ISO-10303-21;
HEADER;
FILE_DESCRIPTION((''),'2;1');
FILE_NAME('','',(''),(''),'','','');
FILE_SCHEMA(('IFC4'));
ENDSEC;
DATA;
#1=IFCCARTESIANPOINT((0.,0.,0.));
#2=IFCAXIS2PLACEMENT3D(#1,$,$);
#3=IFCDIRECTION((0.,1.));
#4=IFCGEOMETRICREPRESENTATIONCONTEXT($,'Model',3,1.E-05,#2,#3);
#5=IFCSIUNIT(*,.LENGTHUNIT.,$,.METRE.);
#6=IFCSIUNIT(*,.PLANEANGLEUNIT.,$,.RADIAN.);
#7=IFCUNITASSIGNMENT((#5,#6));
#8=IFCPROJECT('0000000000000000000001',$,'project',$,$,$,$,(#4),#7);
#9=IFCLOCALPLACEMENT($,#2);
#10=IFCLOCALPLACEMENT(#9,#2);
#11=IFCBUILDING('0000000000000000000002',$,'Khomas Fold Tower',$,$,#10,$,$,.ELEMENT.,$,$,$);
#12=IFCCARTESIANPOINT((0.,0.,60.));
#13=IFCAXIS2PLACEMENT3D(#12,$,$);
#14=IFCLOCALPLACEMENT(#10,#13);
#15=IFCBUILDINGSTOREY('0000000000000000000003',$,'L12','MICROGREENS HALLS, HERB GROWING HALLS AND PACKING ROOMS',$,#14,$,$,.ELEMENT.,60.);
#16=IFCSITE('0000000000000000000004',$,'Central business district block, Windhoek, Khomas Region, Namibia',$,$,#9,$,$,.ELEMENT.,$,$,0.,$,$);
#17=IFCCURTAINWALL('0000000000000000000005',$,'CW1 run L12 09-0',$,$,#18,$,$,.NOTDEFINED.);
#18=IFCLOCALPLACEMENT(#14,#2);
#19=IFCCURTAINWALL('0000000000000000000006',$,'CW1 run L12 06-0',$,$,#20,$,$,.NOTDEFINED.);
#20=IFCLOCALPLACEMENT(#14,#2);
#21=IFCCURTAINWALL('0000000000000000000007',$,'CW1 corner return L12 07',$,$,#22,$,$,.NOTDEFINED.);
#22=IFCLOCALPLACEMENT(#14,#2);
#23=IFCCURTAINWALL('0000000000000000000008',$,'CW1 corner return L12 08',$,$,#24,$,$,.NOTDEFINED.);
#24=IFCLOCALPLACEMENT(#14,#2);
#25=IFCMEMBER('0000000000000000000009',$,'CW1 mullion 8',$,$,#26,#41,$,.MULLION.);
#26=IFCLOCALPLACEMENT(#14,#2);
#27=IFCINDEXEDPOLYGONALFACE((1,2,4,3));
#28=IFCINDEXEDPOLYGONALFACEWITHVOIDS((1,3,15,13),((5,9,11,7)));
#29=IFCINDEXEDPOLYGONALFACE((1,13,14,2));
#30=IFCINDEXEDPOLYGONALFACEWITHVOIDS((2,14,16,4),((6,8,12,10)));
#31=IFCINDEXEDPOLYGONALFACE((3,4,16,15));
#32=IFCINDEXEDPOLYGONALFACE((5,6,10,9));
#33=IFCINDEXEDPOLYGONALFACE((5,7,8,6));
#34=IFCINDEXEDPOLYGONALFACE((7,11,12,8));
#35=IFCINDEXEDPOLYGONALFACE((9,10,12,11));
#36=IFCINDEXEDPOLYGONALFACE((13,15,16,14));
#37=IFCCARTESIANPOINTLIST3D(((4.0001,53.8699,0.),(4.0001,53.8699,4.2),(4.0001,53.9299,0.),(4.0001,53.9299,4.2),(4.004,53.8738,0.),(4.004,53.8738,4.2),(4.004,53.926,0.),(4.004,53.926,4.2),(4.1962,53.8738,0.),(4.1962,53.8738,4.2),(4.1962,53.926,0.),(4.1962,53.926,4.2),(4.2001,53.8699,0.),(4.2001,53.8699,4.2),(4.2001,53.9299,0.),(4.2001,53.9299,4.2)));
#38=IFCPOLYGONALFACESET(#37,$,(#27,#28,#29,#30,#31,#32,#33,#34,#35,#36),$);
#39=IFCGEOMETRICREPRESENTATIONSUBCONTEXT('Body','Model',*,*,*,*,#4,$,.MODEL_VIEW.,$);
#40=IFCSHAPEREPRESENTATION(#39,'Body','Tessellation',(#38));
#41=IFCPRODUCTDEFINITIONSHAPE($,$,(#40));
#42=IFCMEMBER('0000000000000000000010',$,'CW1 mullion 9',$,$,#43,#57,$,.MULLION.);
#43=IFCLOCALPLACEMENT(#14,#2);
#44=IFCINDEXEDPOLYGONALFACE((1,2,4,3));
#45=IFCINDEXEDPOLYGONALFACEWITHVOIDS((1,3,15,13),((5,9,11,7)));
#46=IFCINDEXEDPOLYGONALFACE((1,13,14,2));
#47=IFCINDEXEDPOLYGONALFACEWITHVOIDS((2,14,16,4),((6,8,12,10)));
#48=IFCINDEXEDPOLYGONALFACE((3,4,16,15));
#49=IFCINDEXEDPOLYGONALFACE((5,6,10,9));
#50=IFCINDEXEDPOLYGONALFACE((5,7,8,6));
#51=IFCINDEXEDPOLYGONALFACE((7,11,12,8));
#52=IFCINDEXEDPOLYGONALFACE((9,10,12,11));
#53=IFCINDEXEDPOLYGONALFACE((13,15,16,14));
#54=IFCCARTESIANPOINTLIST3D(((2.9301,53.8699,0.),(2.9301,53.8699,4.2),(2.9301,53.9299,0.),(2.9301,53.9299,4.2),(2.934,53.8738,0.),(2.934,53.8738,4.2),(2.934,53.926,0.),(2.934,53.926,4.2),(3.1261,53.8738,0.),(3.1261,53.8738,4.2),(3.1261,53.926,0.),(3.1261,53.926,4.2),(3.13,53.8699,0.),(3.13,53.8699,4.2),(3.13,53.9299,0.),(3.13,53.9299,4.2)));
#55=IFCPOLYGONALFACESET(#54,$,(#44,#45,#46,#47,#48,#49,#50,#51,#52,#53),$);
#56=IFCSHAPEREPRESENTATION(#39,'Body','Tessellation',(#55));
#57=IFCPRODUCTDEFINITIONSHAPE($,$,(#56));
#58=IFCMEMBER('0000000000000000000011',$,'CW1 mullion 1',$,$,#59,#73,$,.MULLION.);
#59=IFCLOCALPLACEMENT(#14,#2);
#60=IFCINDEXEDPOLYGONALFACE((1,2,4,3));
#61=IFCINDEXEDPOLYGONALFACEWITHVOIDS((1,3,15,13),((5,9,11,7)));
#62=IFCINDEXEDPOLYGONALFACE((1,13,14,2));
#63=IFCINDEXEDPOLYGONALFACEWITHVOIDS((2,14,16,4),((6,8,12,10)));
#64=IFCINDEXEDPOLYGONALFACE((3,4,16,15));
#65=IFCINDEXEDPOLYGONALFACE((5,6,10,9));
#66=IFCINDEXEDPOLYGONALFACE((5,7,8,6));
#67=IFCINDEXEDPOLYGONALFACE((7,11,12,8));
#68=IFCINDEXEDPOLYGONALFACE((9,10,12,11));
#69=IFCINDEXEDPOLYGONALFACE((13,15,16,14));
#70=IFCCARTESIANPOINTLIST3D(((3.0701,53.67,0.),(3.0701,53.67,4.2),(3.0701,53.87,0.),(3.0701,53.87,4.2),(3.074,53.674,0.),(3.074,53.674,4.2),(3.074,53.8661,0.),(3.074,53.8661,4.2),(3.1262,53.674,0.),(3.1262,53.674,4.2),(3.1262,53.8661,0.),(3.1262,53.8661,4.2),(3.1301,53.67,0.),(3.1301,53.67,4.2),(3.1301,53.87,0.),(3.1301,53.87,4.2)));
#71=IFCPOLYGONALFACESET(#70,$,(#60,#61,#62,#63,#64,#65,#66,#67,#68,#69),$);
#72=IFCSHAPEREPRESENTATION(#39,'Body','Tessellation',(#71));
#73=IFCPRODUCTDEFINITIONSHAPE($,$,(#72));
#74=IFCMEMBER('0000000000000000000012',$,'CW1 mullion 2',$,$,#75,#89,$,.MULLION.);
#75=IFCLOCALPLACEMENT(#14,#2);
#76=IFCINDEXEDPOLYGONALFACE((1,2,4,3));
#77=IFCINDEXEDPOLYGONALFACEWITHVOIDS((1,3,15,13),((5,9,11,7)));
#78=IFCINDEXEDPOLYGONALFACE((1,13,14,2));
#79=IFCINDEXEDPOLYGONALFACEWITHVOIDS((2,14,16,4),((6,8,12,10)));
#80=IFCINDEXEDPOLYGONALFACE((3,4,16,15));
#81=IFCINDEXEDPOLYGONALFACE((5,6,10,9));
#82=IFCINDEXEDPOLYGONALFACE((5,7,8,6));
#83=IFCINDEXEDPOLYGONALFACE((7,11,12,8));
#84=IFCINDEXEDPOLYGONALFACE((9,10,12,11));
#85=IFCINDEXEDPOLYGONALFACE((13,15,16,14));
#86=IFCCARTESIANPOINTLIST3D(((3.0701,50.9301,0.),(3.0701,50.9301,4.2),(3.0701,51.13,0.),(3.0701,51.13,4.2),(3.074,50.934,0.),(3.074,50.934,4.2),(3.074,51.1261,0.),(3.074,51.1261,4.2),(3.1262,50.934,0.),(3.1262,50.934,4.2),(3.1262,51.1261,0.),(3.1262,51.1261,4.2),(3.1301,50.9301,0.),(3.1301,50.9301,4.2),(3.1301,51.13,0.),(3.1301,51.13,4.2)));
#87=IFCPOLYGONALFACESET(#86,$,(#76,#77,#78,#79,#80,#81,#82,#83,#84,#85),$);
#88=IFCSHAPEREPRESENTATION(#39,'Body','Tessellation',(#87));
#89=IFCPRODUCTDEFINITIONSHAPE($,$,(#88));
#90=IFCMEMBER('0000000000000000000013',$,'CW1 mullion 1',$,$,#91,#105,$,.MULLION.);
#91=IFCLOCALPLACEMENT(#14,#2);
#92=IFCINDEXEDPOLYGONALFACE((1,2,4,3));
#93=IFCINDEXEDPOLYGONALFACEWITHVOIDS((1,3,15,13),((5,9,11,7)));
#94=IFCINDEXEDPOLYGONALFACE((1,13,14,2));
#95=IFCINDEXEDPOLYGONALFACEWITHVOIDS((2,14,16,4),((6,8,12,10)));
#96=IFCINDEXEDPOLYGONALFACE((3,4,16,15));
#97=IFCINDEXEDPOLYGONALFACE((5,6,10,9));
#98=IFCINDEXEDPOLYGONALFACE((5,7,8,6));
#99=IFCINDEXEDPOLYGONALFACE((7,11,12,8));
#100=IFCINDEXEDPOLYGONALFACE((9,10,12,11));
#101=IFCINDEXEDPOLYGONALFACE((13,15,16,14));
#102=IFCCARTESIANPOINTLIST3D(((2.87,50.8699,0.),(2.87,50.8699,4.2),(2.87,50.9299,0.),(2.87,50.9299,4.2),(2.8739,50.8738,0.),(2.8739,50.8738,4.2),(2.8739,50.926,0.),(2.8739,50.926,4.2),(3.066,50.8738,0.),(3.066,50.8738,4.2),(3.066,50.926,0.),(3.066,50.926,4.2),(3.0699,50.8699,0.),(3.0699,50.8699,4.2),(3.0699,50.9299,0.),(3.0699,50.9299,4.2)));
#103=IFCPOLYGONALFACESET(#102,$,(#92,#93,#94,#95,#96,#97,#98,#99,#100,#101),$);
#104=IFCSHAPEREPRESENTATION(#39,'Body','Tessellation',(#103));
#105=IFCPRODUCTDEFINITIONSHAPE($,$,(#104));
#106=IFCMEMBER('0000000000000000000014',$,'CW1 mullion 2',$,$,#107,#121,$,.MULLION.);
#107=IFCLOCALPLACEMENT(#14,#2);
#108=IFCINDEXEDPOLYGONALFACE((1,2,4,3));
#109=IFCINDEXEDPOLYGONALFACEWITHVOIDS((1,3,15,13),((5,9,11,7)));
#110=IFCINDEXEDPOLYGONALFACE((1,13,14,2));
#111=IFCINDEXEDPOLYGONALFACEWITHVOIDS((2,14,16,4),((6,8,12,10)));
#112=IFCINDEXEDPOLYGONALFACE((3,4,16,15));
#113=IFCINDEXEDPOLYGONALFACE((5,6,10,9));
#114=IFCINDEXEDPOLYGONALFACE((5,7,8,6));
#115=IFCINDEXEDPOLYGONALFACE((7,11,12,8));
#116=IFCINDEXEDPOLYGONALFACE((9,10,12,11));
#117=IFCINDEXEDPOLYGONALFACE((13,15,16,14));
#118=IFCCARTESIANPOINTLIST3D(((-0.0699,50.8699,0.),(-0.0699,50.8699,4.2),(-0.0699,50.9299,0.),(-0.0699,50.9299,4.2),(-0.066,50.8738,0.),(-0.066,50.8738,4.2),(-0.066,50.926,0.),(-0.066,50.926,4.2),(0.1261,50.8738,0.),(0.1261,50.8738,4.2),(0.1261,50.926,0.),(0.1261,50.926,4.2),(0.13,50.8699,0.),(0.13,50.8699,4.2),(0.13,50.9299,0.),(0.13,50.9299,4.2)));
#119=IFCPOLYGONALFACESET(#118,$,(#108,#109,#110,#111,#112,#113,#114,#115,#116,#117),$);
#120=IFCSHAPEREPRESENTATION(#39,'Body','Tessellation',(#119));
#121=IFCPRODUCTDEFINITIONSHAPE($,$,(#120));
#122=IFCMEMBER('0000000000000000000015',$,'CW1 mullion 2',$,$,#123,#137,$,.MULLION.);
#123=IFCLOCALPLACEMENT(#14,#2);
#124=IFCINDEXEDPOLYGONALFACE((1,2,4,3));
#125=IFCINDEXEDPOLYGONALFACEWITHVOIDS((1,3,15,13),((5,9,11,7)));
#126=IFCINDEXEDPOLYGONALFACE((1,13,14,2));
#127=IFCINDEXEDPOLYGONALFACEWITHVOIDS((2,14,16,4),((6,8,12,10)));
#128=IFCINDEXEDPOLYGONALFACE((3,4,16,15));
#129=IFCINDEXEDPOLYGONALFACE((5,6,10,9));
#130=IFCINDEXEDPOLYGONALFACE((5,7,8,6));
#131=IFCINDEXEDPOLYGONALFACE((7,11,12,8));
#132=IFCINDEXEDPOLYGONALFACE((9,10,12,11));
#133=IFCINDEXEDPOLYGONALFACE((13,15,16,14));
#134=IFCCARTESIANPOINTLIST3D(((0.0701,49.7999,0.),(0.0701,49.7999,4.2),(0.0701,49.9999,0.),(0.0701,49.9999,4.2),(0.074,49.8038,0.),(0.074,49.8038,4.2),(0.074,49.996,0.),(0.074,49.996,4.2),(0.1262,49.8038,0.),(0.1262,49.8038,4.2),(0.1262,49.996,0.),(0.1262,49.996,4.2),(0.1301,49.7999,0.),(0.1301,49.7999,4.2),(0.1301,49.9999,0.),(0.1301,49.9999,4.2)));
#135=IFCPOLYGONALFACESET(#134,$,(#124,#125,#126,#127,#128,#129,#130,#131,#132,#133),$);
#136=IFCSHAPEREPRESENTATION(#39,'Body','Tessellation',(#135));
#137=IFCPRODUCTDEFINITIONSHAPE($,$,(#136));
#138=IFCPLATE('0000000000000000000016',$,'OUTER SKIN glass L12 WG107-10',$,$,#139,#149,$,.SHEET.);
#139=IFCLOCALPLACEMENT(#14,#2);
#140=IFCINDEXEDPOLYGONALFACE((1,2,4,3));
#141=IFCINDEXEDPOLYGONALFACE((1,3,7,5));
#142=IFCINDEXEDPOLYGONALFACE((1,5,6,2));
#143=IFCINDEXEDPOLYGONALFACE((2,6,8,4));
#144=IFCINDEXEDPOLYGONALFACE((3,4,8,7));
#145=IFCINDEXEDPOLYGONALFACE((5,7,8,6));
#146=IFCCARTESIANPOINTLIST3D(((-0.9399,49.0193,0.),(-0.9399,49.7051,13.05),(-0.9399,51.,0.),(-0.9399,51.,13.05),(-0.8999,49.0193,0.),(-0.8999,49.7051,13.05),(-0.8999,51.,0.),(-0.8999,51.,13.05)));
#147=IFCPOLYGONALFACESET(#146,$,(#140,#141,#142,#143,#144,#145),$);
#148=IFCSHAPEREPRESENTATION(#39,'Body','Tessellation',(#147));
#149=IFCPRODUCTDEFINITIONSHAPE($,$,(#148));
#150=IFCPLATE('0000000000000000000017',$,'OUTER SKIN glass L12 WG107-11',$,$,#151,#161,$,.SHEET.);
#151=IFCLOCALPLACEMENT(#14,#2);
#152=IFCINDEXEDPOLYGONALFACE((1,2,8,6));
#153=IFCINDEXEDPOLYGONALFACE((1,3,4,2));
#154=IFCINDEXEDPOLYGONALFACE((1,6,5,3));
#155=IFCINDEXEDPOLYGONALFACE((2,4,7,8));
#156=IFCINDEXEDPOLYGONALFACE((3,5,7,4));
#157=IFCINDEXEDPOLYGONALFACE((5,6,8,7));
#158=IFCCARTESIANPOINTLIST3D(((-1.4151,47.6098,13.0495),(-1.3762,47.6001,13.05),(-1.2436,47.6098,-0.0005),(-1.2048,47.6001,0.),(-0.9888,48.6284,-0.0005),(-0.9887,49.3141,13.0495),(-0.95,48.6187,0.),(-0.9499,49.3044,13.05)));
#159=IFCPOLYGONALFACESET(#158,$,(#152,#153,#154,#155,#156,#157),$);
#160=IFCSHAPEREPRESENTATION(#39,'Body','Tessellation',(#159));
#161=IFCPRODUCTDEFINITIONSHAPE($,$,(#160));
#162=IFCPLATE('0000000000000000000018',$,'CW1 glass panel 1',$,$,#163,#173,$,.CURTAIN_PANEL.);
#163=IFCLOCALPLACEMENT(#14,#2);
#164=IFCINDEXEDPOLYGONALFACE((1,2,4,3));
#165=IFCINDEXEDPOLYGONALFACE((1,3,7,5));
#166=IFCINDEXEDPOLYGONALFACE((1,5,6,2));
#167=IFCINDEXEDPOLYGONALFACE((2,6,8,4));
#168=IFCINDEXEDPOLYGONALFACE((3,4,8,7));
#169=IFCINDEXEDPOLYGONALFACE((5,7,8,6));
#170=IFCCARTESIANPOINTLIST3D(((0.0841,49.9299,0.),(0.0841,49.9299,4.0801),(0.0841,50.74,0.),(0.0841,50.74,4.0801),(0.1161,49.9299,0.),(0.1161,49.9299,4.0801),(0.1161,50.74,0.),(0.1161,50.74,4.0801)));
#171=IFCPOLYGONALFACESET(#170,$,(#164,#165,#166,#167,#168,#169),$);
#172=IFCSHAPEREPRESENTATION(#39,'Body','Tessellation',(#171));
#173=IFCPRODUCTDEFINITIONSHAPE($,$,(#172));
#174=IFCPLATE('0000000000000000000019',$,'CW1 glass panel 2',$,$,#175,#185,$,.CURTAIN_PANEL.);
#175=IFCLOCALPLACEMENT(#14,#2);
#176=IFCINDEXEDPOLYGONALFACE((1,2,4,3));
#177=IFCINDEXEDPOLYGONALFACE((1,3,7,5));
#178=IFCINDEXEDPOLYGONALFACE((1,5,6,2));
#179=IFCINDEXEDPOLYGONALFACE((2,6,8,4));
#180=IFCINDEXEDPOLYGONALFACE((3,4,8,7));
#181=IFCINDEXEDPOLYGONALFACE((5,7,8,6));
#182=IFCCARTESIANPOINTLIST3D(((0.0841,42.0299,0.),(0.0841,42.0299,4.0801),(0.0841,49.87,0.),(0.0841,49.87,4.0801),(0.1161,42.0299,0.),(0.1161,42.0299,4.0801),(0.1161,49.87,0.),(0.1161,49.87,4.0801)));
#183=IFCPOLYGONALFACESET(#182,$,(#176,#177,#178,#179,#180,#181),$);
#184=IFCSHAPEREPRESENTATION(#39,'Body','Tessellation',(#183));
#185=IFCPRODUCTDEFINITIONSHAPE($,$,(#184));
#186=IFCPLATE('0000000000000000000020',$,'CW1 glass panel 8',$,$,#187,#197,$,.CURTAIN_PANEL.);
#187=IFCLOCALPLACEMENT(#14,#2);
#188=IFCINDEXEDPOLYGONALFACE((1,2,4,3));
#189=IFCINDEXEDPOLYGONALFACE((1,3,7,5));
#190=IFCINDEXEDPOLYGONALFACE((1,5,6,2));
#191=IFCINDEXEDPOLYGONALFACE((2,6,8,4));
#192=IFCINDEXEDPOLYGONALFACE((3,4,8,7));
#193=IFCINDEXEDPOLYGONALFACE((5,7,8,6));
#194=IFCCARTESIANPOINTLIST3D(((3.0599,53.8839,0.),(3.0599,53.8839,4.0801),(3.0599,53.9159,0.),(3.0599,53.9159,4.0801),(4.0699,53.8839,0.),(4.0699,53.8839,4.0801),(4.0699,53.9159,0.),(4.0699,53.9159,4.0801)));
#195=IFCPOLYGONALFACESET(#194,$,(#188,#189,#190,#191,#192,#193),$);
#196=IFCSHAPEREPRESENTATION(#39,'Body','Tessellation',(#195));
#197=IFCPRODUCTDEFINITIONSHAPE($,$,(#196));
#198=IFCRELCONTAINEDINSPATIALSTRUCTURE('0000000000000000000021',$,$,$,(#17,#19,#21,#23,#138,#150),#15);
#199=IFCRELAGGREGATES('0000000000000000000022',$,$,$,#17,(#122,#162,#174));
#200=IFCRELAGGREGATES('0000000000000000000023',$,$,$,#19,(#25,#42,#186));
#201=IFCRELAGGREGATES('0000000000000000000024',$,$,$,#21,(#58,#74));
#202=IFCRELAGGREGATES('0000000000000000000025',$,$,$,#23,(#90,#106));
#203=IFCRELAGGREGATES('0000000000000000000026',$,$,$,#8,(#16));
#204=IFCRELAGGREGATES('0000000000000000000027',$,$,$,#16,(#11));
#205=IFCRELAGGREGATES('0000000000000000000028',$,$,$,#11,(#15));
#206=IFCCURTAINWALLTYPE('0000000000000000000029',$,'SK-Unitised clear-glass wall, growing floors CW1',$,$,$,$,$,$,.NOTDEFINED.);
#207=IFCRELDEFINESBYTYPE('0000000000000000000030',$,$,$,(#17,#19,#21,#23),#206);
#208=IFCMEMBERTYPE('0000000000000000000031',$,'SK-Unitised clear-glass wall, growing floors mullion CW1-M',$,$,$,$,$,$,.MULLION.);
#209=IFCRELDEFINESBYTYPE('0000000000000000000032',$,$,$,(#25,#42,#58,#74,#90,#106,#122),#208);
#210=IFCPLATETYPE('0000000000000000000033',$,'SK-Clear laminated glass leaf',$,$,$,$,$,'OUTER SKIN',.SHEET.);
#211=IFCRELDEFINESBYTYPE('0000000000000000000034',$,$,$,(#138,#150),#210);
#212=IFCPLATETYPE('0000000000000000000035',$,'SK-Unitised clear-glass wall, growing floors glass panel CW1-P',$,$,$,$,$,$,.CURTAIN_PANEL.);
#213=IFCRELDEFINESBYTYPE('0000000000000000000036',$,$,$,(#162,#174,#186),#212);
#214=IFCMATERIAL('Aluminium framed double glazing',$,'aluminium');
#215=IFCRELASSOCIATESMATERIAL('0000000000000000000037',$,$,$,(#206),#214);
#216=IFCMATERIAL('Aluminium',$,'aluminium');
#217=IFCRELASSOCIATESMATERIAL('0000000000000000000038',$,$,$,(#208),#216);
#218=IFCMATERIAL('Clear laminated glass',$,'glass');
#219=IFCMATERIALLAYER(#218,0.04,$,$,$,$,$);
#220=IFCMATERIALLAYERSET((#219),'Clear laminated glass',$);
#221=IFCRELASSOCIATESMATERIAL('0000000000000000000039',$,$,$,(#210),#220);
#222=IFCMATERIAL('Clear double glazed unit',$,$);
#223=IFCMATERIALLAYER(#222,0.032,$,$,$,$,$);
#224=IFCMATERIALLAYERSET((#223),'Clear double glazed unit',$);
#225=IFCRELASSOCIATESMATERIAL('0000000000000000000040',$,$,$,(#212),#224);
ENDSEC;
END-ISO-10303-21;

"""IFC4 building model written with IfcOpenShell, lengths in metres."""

from ifc_helpers import new_model, si_unit, direction, frame, origin, origin_2d, place, context, subcontext, project, spatial, polyline, rectangle, hollow_rectangle, outline, extrude, source, transform, mapped, material, layer, layer_set, material_profile, profile_set, type_object, element, aggregate, save


model = new_model("IFC4")

# Units and contexts
model_context = context("Model", 3, precision=1e-05, world=origin(), true_north=direction((0.0, 1.0)))
body_context = subcontext(model_context, "Body", "Model", "MODEL_VIEW")
ifc_project = project(units=[si_unit("LENGTHUNIT", "METRE"), si_unit("PLANEANGLEUNIT", "RADIAN")], contexts=[model_context])

# Site, building, storey
site_placement = place(None, origin())
site = spatial("IfcSite", under=ifc_project, at=site_placement, Name="Central business district block, Windhoek, Khomas Region, Namibia", CompositionType="ELEMENT", RefElevation=0.0)
building_placement = place(site_placement, origin())
building = spatial("IfcBuilding", under=site, at=building_placement, Name="Khomas Fold Tower", CompositionType="ELEMENT")
storey_placement = place(building_placement, frame((0.0, 0.0, 60.0)))
storey = spatial("IfcBuildingStorey", under=building, at=storey_placement, Name="L12", Description="MICROGREENS HALLS, HERB GROWING HALLS AND PACKING ROOMS", CompositionType="ELEMENT", Elevation=60.0)

# Curtain wall
ifc_material_1 = material(Name="Aluminium framed double glazing", Category="aluminium")
curtain_wall_type = type_object("IfcCurtainWallType", Name="SK-Unitised clear-glass wall, growing floors CW1", PredefinedType="NOTDEFINED", material=ifc_material_1)
curtain_wall_1_placement = place(storey_placement, origin())
curtain_wall_1 = element("IfcCurtainWall", 1, at=curtain_wall_1_placement, inside=storey, type_object=curtain_wall_type, Name="CW1 run L12 09-0", PredefinedType="NOTDEFINED")

# Curtain walls
curtain_wall_2_placement = place(storey_placement, origin())
curtain_wall_2 = element("IfcCurtainWall", 2, at=curtain_wall_2_placement, inside=storey, type_object=curtain_wall_type, Name="CW1 run L12 06-0", PredefinedType="NOTDEFINED")
curtain_wall_3_placement = place(storey_placement, origin())
curtain_wall_3 = element("IfcCurtainWall", 3, at=curtain_wall_3_placement, inside=storey, type_object=curtain_wall_type, Name="CW1 corner return L12 07", PredefinedType="NOTDEFINED")
curtain_wall_4_placement = place(storey_placement, origin())
curtain_wall_4 = element("IfcCurtainWall", 4, at=curtain_wall_4_placement, inside=storey, type_object=curtain_wall_type, Name="CW1 corner return L12 08", PredefinedType="NOTDEFINED")

# Members
ifc_material_2 = material(Name="Aluminium", Category="aluminium")
ifc_material_profile_1 = material_profile(ifc_material_2, hollow_rectangle(XDim=0.0601, YDim=0.2, WallThickness=0.0039, at=origin_2d()), Name="SK-Unitised clear-glass wall, growing floors mullion CW1-M")
ifc_profile_set_1 = profile_set([ifc_material_profile_1], Name="Aluminium")
member_type_1 = type_object("IfcMemberType", Name="SK-Unitised clear-glass wall, growing floors mullion CW1-M", PredefinedType="MULLION", material=ifc_profile_set_1)
shared_shape_1 = source(origin(), body_context, "Body", "SweptSolid", [
    extrude(hollow_rectangle(XDim=0.0601, YDim=0.2, WallThickness=0.0039, at=origin_2d()), origin(), (0.0, 0.0, 1.0), 4.2),
])
member_1_placement = place(storey_placement, frame((4.1001, 53.8999, 0.0), z_axis=(0.0, 0.0, 1.0), x_axis=(0.0, -1.0, 0.0)))
member_1 = element("IfcMember", 5, at=member_1_placement, type_object=member_type_1, Name="CW1 mullion 8", PredefinedType="MULLION", context=body_context, shape_type="MappedRepresentation", body=[
    mapped(shared_shape_1, transform((0.0, 0.0, 0.0))),
])
member_2_placement = place(storey_placement, frame((3.03, 53.8999, 0.0), z_axis=(0.0, 0.0, 1.0), x_axis=(0.0, -1.0, 0.0)))
member_2 = element("IfcMember", 6, at=member_2_placement, type_object=member_type_1, Name="CW1 mullion 9", PredefinedType="MULLION", context=body_context, shape_type="MappedRepresentation", body=[
    mapped(shared_shape_1, transform((0.0, 0.0, 0.0))),
])
member_3_placement = place(storey_placement, frame((3.1001, 53.77, 0.0), z_axis=(0.0, 0.0, 1.0), x_axis=(1.0, 0.0, 0.0)))
member_3 = element("IfcMember", 7, at=member_3_placement, type_object=member_type_1, Name="CW1 mullion 1", PredefinedType="MULLION", context=body_context, shape_type="MappedRepresentation", body=[
    mapped(shared_shape_1, transform((0.0, 0.0, 0.0))),
])
member_4_placement = place(storey_placement, frame((3.1001, 51.03, 0.0), z_axis=(0.0, 0.0, 1.0), x_axis=(1.0, 0.0, 0.0)))
member_4 = element("IfcMember", 8, at=member_4_placement, type_object=member_type_1, Name="CW1 mullion 2", PredefinedType="MULLION", context=body_context, shape_type="MappedRepresentation", body=[
    mapped(shared_shape_1, transform((0.0, 0.0, 0.0))),
])
member_5_placement = place(storey_placement, frame((2.97, 50.8999, 0.0), z_axis=(0.0, 0.0, 1.0), x_axis=(0.0, -1.0, 0.0)))
member_5 = element("IfcMember", 9, at=member_5_placement, type_object=member_type_1, Name="CW1 mullion 1", PredefinedType="MULLION", context=body_context, shape_type="MappedRepresentation", body=[
    mapped(shared_shape_1, transform((0.0, 0.0, 0.0))),
])
member_6_placement = place(storey_placement, frame((0.03, 50.8999, 0.0), z_axis=(0.0, 0.0, 1.0), x_axis=(0.0, -1.0, 0.0)))
member_6 = element("IfcMember", 10, at=member_6_placement, type_object=member_type_1, Name="CW1 mullion 2", PredefinedType="MULLION", context=body_context, shape_type="MappedRepresentation", body=[
    mapped(shared_shape_1, transform((0.0, 0.0, 0.0))),
])
member_7_placement = place(storey_placement, frame((0.1001, 49.8999, 0.0), z_axis=(0.0, 0.0, 1.0), x_axis=(1.0, 0.0, 0.0)))
member_7 = element("IfcMember", 11, at=member_7_placement, type_object=member_type_1, Name="CW1 mullion 2", PredefinedType="MULLION", context=body_context, shape_type="MappedRepresentation", body=[
    mapped(shared_shape_1, transform((0.0, 0.0, 0.0))),
])

# Plates
ifc_material_3 = material(Name="Clear laminated glass", Category="glass")
ifc_layer_1 = layer(ifc_material_3, 0.04)
ifc_layer_set_1 = layer_set([ifc_layer_1], Name="Clear laminated glass")
plate_type_1 = type_object("IfcPlateType", Name="SK-Clear laminated glass leaf", ElementType="OUTER SKIN", PredefinedType="SHEET", material=ifc_layer_set_1)
plate_1_placement = place(storey_placement, frame((-0.9399, 49.0193, 0.0), z_axis=(-1.0, 0.0, 0.0), x_axis=(0.0, 0.052478, 0.998622)))
element("IfcPlate", 12, at=plate_1_placement, inside=storey, type_object=plate_type_1, Name="OUTER SKIN glass L12 WG107-10", PredefinedType="SHEET", context=body_context, shape_type="SweptSolid", body=[
    extrude(outline(polyline([(0.0, 0.0), (13.0681, 0.0), (13.136, 1.2931), (0.1039, 1.978), (0.0, 0.0)])), origin(), (0.0, 0.0, -1.0), 0.04),
])
plate_2_placement = place(storey_placement, frame((-1.3762, 47.6001, 13.05), z_axis=(0.970028, -0.242659, 0.012746), x_axis=(0.242679, 0.970107, 0.000001)))
element("IfcPlate", 13, at=plate_2_placement, inside=storey, type_object=plate_type_1, Name="OUTER SKIN glass L12 WG107-11", PredefinedType="SHEET", context=body_context, shape_type="SweptSolid", body=[
    extrude(outline(polyline([(0.0, 0.0), (1.7568, 0.0), (1.0915, -13.0511), (0.0416, -13.0511), (0.0, 0.0)])), origin(), (0.0, 0.0, -1.0), 0.04),
])

# Plates
ifc_material_4 = material(Name="Clear double glazed unit")
ifc_layer_2 = layer(ifc_material_4, 0.032)
ifc_layer_set_2 = layer_set([ifc_layer_2], Name="Clear double glazed unit")
plate_type_2 = type_object("IfcPlateType", Name="SK-Unitised clear-glass wall, growing floors glass panel CW1-P", PredefinedType="CURTAIN_PANEL", material=ifc_layer_set_2)
shared_shape_2 = source(origin(), body_context, "Body", "SweptSolid", [
    extrude(rectangle(XDim=0.8101, YDim=0.032, at=origin_2d()), origin(), (0.0, 0.0, 1.0), 4.0801),
])
plate_3_placement = place(storey_placement, frame((0.1001, 50.335, 0.0), z_axis=(0.0, 0.0, 1.0), x_axis=(0.0, -1.0, 0.0)))
plate_3 = element("IfcPlate", 14, at=plate_3_placement, type_object=plate_type_2, Name="CW1 glass panel 1", PredefinedType="CURTAIN_PANEL", context=body_context, shape_type="MappedRepresentation", body=[
    mapped(shared_shape_2, transform((0.0, 0.0, 0.0))),
])
shared_shape_3 = source(origin(), body_context, "Body", "SweptSolid", [
    extrude(rectangle(XDim=7.8401, YDim=0.032, at=origin_2d()), origin(), (0.0, 0.0, 1.0), 4.0801),
])
plate_4_placement = place(storey_placement, frame((0.1001, 45.95, 0.0), z_axis=(0.0, 0.0, 1.0), x_axis=(0.0, -1.0, 0.0)))
plate_4 = element("IfcPlate", 15, at=plate_4_placement, type_object=plate_type_2, Name="CW1 glass panel 2", PredefinedType="CURTAIN_PANEL", context=body_context, shape_type="MappedRepresentation", body=[
    mapped(shared_shape_3, transform((0.0, 0.0, 0.0))),
])
aggregate(curtain_wall_1, [member_7, plate_3, plate_4])
shared_shape_4 = source(origin(), body_context, "Body", "SweptSolid", [
    extrude(rectangle(XDim=1.01, YDim=0.032, at=origin_2d()), origin(), (0.0, 0.0, 1.0), 4.0801),
])
plate_5_placement = place(storey_placement, frame((3.5649, 53.8999, 0.0), z_axis=(0.0, 0.0, 1.0), x_axis=(-1.0, 0.0, 0.0)))
plate_5 = element("IfcPlate", 16, at=plate_5_placement, type_object=plate_type_2, Name="CW1 glass panel 8", PredefinedType="CURTAIN_PANEL", context=body_context, shape_type="MappedRepresentation", body=[
    mapped(shared_shape_4, transform((0.0, 0.0, 0.0))),
])
aggregate(curtain_wall_2, [member_1, member_2, plate_5])
aggregate(curtain_wall_3, [member_3, member_4])
aggregate(curtain_wall_4, [member_5, member_6])

save(model, "model.ifc")
